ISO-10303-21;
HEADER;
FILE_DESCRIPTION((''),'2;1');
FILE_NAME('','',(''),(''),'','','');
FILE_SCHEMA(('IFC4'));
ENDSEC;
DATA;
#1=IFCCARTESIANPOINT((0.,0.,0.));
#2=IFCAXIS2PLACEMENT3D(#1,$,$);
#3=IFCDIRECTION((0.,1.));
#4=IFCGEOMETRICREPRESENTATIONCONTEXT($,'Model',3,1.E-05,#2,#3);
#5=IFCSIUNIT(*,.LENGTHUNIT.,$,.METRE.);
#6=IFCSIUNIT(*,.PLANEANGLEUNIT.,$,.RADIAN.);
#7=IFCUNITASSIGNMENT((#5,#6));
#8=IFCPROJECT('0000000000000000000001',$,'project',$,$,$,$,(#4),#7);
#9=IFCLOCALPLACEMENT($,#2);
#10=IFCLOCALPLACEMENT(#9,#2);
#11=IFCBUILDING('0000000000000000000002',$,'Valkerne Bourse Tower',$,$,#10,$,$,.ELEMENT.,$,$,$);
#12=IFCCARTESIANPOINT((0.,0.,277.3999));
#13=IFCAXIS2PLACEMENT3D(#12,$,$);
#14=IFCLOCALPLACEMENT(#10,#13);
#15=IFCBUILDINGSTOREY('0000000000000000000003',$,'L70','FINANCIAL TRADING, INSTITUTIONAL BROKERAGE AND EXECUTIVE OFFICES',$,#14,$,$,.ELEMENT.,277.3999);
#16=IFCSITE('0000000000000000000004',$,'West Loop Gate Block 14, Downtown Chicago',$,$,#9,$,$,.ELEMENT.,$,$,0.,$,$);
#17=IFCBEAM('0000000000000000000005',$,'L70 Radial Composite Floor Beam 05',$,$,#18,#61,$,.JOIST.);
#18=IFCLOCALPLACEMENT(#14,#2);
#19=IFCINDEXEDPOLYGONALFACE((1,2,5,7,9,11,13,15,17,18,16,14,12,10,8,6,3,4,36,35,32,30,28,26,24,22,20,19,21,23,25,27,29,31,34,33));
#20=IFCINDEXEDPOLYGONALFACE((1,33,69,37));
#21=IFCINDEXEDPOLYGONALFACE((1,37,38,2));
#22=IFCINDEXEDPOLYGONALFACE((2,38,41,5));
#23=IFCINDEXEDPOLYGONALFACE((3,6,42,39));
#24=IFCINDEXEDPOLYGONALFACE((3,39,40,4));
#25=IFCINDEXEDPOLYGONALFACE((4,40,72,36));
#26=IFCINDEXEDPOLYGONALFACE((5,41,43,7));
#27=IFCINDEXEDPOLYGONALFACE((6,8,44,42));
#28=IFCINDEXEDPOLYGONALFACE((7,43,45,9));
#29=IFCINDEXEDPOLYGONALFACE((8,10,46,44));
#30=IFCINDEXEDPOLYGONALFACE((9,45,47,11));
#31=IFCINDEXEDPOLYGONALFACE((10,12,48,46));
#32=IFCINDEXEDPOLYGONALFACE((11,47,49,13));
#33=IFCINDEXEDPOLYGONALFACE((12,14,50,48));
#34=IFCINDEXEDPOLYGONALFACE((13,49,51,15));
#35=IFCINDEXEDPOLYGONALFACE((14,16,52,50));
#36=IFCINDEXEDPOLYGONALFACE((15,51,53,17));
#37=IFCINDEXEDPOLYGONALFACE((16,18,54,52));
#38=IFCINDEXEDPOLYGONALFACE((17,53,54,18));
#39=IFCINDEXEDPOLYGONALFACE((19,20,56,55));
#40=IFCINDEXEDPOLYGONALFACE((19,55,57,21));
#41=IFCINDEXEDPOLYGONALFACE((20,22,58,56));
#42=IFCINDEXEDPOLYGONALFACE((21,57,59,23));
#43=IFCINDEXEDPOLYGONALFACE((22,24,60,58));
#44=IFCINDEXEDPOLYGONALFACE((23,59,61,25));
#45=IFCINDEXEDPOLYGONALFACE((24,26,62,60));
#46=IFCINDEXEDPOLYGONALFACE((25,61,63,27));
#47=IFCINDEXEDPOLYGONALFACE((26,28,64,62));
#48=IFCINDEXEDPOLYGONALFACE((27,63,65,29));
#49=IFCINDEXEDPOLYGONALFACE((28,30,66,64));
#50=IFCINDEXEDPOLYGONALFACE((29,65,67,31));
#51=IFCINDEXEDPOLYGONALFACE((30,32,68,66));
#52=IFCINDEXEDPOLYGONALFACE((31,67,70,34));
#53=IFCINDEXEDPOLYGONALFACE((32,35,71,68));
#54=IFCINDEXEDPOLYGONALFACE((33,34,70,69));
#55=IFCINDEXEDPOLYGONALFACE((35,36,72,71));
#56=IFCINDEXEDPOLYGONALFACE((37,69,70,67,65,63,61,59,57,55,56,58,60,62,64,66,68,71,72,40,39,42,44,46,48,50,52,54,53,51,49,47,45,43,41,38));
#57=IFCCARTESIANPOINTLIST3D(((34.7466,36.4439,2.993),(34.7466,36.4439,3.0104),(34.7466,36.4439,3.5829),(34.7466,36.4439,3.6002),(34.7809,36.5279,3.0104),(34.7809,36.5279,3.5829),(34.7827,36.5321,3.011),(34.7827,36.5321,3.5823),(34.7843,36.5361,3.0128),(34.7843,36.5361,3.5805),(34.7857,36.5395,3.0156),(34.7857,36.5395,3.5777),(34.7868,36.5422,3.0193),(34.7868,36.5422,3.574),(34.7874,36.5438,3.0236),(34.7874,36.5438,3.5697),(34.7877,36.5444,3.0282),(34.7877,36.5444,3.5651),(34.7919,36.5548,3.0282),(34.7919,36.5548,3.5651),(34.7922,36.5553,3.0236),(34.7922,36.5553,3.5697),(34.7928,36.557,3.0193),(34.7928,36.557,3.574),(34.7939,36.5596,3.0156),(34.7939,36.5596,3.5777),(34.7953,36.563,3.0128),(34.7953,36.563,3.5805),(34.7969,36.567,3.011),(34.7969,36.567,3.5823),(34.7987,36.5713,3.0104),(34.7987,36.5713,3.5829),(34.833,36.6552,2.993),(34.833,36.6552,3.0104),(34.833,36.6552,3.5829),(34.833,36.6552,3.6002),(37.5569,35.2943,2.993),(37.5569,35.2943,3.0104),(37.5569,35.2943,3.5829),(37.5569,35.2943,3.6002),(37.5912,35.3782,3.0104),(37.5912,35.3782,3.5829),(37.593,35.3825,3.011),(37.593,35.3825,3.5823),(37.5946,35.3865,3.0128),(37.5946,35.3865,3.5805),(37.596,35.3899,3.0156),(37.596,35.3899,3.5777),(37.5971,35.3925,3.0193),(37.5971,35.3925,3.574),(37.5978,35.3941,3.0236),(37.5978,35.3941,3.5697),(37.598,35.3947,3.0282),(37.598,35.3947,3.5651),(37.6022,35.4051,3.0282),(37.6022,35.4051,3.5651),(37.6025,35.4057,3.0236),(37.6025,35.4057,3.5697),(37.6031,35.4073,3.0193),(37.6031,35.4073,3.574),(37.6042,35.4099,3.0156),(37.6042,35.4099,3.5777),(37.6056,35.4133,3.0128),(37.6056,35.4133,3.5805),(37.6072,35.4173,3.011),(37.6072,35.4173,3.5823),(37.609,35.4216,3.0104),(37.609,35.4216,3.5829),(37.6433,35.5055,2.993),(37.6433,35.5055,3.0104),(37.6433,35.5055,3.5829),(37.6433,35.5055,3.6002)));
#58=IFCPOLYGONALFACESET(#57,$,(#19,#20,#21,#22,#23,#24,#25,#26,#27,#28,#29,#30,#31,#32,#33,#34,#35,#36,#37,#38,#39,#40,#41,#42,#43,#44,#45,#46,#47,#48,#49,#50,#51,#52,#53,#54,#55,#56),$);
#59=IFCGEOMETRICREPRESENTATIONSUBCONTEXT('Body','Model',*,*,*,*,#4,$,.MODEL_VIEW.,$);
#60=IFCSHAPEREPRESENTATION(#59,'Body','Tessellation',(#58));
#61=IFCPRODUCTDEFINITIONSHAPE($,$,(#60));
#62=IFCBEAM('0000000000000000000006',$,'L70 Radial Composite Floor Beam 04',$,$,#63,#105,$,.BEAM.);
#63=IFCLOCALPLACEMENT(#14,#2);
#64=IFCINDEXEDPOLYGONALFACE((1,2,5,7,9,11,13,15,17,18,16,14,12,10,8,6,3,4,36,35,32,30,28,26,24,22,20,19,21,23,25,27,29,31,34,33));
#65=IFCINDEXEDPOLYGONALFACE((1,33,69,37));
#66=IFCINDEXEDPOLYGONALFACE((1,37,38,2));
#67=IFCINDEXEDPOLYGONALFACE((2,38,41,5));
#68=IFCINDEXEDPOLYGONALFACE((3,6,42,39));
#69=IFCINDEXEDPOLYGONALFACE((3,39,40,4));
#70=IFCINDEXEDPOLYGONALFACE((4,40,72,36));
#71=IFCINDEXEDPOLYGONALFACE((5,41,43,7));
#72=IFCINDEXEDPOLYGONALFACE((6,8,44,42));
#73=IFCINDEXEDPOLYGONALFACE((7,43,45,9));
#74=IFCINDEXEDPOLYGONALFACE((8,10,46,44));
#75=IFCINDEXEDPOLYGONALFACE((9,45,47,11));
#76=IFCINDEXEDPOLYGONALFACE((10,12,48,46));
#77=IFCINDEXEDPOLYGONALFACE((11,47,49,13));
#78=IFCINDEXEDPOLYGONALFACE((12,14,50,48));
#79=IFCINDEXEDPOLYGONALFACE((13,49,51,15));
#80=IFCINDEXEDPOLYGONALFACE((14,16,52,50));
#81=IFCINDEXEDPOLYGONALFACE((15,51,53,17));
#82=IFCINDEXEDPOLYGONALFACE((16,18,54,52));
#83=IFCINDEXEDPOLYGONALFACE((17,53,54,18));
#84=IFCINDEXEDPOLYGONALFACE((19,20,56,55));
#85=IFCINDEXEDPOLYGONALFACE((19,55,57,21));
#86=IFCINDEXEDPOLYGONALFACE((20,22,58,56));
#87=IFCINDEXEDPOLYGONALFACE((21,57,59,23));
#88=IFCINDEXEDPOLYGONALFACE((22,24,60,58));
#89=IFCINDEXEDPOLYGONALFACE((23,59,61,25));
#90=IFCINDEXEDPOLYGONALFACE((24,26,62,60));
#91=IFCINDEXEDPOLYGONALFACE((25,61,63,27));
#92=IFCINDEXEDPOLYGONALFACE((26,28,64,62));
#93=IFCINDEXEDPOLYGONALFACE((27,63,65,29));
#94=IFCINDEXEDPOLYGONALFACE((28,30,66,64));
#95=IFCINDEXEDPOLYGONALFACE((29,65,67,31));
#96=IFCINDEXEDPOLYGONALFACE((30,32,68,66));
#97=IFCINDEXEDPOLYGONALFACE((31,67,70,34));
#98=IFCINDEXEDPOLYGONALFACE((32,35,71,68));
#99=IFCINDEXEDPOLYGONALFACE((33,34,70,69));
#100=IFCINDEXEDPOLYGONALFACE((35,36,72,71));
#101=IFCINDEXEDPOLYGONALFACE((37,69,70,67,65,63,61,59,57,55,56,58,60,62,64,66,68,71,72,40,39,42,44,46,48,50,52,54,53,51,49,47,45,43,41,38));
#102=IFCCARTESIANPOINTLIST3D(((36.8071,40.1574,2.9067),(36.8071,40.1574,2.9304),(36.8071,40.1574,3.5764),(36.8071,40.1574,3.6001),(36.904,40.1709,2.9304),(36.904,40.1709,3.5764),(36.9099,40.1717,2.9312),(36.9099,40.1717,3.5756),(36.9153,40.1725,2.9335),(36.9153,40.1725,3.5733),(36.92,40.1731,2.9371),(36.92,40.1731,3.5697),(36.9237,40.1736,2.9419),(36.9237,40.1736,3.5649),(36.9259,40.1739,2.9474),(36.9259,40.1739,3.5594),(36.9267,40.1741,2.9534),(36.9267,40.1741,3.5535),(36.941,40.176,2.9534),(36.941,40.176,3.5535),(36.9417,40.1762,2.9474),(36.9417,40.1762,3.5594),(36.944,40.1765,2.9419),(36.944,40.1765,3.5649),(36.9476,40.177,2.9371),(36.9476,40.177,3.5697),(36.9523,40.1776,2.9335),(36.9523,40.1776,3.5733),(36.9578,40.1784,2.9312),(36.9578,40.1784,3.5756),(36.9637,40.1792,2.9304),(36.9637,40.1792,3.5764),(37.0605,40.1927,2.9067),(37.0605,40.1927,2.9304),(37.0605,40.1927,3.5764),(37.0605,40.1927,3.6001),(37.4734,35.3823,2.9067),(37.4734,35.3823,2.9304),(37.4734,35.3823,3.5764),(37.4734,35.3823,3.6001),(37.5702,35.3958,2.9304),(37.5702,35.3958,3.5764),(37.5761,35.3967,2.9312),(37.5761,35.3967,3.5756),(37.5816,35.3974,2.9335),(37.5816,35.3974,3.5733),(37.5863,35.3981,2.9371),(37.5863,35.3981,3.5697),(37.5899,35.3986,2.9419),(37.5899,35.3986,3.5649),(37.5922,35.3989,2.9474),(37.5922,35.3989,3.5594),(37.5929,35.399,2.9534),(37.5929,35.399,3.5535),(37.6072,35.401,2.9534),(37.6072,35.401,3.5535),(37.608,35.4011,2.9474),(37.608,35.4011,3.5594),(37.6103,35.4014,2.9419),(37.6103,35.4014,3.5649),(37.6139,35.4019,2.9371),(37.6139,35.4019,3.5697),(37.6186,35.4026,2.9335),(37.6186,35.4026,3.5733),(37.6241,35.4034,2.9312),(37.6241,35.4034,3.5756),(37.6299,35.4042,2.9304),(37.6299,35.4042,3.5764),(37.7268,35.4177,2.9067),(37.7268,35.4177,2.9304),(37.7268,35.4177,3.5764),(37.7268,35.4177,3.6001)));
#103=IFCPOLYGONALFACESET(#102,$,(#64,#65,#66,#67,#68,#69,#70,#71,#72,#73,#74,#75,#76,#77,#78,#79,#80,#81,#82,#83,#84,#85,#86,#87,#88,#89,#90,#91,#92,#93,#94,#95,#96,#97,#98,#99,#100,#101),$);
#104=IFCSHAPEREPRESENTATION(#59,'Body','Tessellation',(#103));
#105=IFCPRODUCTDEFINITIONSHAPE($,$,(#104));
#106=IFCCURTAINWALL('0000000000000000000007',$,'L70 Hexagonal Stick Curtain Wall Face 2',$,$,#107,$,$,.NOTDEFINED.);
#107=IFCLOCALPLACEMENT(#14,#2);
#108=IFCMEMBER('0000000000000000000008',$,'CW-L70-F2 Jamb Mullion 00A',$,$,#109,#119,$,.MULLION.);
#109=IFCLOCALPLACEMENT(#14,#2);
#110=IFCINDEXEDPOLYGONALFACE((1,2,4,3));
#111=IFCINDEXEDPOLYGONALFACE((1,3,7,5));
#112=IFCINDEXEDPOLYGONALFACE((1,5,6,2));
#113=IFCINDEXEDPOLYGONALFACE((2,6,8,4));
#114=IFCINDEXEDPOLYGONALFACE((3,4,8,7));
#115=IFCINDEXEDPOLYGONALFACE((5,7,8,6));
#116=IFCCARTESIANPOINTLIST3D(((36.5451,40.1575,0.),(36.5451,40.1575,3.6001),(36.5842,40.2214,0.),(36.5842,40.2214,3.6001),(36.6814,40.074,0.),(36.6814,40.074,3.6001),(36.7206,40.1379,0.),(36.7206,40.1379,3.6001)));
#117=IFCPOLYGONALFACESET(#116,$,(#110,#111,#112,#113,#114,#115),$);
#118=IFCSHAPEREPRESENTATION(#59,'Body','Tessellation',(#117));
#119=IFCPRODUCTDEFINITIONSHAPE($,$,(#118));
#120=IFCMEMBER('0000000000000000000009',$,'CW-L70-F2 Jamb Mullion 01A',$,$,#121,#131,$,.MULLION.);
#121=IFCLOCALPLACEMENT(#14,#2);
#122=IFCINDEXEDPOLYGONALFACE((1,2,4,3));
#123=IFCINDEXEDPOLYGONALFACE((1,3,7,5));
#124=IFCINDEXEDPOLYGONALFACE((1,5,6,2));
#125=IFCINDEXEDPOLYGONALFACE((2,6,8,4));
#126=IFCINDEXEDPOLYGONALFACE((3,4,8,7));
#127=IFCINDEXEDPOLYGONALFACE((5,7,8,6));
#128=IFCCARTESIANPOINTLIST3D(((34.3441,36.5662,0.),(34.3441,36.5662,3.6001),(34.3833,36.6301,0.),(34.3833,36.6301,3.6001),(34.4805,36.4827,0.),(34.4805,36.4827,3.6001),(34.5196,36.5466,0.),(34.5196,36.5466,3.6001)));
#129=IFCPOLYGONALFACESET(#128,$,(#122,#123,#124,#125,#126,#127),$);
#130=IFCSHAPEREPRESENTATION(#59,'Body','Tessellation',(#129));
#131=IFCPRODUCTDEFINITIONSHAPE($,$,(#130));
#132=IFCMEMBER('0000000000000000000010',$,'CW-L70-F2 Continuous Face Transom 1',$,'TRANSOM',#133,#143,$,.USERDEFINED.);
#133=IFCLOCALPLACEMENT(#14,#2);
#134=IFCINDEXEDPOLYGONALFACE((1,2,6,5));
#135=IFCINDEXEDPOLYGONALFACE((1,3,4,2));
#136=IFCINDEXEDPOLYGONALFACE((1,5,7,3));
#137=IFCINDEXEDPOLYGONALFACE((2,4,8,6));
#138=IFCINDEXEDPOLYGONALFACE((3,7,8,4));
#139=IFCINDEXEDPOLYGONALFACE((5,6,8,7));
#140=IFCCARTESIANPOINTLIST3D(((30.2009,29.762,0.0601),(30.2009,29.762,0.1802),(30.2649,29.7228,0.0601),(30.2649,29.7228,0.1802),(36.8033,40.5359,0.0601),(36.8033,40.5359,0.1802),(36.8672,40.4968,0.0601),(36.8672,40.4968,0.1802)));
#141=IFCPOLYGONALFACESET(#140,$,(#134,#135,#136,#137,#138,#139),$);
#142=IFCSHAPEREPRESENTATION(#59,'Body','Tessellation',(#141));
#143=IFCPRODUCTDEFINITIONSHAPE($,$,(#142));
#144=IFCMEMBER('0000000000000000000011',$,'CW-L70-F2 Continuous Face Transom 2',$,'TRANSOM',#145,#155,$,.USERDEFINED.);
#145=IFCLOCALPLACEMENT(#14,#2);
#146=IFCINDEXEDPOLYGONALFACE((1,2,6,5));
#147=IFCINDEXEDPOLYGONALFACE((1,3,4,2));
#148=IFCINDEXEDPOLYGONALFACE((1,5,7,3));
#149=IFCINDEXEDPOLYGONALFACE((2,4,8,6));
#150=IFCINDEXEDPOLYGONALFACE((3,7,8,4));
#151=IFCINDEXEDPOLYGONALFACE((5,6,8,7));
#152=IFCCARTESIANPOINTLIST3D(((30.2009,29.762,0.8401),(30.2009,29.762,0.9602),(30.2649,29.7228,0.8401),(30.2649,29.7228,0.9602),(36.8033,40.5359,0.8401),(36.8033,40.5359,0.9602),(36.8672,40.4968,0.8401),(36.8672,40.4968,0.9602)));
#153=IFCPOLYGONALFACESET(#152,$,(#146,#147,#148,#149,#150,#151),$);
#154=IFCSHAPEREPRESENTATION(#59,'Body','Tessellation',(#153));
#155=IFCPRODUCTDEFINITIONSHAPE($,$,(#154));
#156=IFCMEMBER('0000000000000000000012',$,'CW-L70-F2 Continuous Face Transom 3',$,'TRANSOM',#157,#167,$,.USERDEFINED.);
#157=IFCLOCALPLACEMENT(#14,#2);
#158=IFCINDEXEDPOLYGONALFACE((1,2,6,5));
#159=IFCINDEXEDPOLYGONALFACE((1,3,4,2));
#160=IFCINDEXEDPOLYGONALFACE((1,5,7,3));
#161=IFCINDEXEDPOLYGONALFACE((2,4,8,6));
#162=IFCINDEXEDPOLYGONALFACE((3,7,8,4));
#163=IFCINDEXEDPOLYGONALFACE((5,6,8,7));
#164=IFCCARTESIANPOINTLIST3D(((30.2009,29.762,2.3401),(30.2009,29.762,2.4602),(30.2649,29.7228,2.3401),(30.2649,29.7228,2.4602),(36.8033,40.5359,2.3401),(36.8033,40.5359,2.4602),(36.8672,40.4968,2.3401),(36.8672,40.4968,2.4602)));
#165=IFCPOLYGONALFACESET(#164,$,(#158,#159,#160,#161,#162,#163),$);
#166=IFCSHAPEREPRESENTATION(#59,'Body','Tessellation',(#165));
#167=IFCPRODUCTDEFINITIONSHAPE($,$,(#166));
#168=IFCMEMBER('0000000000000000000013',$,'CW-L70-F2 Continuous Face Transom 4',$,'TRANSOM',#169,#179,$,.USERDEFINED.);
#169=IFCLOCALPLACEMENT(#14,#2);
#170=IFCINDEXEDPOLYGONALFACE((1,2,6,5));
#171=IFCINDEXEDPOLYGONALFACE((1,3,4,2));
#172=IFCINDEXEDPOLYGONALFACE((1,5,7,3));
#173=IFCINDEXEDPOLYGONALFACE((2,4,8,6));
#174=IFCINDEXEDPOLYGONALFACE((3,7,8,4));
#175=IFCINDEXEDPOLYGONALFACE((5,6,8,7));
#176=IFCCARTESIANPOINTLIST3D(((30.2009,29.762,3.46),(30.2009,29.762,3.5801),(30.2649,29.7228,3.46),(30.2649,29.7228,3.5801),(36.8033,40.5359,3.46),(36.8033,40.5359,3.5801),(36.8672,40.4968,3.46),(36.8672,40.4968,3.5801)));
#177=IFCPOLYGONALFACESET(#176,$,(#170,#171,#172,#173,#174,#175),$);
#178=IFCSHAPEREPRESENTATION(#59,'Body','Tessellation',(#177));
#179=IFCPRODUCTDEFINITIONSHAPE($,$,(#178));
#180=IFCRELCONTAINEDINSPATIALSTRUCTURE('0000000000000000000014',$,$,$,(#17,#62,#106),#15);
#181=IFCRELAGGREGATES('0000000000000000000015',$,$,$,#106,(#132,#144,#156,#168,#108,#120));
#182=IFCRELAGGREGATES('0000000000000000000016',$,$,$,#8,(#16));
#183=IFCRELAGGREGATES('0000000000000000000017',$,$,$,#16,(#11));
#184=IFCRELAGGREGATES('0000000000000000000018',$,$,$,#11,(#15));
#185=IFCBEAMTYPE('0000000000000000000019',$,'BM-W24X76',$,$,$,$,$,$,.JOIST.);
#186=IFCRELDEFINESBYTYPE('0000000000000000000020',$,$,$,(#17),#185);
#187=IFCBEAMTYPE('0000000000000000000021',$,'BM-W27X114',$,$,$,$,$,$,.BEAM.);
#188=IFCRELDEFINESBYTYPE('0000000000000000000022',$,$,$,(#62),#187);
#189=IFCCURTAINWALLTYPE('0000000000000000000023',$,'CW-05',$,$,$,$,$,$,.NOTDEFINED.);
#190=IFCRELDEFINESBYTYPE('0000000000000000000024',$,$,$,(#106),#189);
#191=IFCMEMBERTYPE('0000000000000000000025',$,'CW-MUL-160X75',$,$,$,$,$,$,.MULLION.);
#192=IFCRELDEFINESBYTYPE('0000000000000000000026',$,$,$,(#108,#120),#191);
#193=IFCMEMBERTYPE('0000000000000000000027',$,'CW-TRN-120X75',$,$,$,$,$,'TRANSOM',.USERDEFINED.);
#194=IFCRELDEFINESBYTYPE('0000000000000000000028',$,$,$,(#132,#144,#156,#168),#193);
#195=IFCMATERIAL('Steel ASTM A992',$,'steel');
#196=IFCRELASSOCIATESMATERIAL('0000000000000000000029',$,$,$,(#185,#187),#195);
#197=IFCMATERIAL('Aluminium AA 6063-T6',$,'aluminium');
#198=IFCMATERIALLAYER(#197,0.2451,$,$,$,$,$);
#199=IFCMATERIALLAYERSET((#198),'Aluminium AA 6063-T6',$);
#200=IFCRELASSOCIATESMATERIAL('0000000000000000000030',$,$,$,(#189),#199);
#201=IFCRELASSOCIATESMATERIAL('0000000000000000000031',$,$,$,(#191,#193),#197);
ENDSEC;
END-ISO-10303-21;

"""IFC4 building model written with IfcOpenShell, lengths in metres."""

from ifc_helpers import new_model, si_unit, direction, frame, origin, origin_2d, place, context, subcontext, project, spatial, rectangle, i_section, extrude, material, layer, layer_set, material_profile, profile_set, type_object, element, aggregate, save


model = new_model("IFC4")

# Units and contexts
model_context = context("Model", 3, precision=1e-05, world=origin(), true_north=direction((0.0, 1.0)))
body_context = subcontext(model_context, "Body", "Model", "MODEL_VIEW")
ifc_project = project(units=[si_unit("LENGTHUNIT", "METRE"), si_unit("PLANEANGLEUNIT", "RADIAN")], contexts=[model_context])

# Site, building, storey
site_placement = place(None, origin())
site = spatial("IfcSite", under=ifc_project, at=site_placement, Name="West Loop Gate Block 14, Downtown Chicago", CompositionType="ELEMENT", RefElevation=0.0)
building_placement = place(site_placement, origin())
building = spatial("IfcBuilding", under=site, at=building_placement, Name="Valkerne Bourse Tower", CompositionType="ELEMENT")
storey_placement = place(building_placement, frame((0.0, 0.0, 277.3999)))
storey = spatial("IfcBuildingStorey", under=building, at=storey_placement, Name="L70", Description="FINANCIAL TRADING, INSTITUTIONAL BROKERAGE AND EXECUTIVE OFFICES", CompositionType="ELEMENT", Elevation=277.3999)

# Beams
ifc_material_1 = material(Name="Steel ASTM A992", Category="steel")
ifc_material_profile_1 = material_profile(ifc_material_1, i_section(OverallWidth=0.2283, OverallDepth=0.6072, WebThickness=0.0112, FlangeThickness=0.0173, FilletRadius=0.0178, at=origin_2d()), Name="W24X76")
ifc_profile_set_1 = profile_set([ifc_material_profile_1], Name="Steel ASTM A992")
beam_type_1 = type_object("IfcBeamType", Name="BM-W24X76", PredefinedType="JOIST", material=ifc_profile_set_1)
beam_1_placement = place(storey_placement, frame((34.7898, 36.5496, 3.2966), z_axis=(0.925548, -0.37863, 0.0), x_axis=(0.37863, 0.925548, 0.0)))
element("IfcBeam", 1, at=beam_1_placement, inside=storey, type_object=beam_type_1, Name="L70 Radial Composite Floor Beam 05", PredefinedType="JOIST", context=body_context, shape_type="SweptSolid", body=[
    extrude(i_section(OverallWidth=0.2283, OverallDepth=0.6072, WebThickness=0.0112, FlangeThickness=0.0173, FilletRadius=0.0178, at=origin_2d()), origin(), (0.0, 0.0, 1.0), 3.0364),
])
ifc_material_profile_2 = material_profile(ifc_material_1, i_section(OverallWidth=0.2559, OverallDepth=0.6934, WebThickness=0.0144, FlangeThickness=0.0237, FilletRadius=0.0229, at=origin_2d()), Name="W27X114")
ifc_profile_set_2 = profile_set([ifc_material_profile_2], Name="Steel ASTM A992")
beam_type_2 = type_object("IfcBeamType", Name="BM-W27X114", PredefinedType="BEAM", material=ifc_profile_set_2)
beam_2_placement = place(storey_placement, frame((36.9338, 40.175, 3.2534), z_axis=(0.138188, -0.990406, 0.0), x_axis=(0.990406, 0.138188, 0.0)))
element("IfcBeam", 2, at=beam_2_placement, inside=storey, type_object=beam_type_2, Name="L70 Radial Composite Floor Beam 04", PredefinedType="BEAM", context=body_context, shape_type="SweptSolid", body=[
    extrude(i_section(OverallWidth=0.2559, OverallDepth=0.6934, WebThickness=0.0144, FlangeThickness=0.0237, FilletRadius=0.0229, at=origin_2d()), origin(), (0.0, 0.0, 1.0), 4.8213),
])

# Curtain wall, members
ifc_material_2 = material(Name="Aluminium AA 6063-T6", Category="aluminium")
ifc_layer_1 = layer(ifc_material_2, 0.2451)
ifc_layer_set_1 = layer_set([ifc_layer_1], Name="Aluminium AA 6063-T6")
curtain_wall_type = type_object("IfcCurtainWallType", Name="CW-05", PredefinedType="NOTDEFINED", material=ifc_layer_set_1)
curtain_wall_placement = place(storey_placement, origin())
curtain_wall = element("IfcCurtainWall", 3, at=curtain_wall_placement, inside=storey, type_object=curtain_wall_type, Name="L70 Hexagonal Stick Curtain Wall Face 2", PredefinedType="NOTDEFINED")
ifc_material_profile_3 = material_profile(ifc_material_2, rectangle(XDim=0.075, YDim=0.1599, at=origin_2d()), Name="CWM-75X160")
ifc_profile_set_3 = profile_set([ifc_material_profile_3], Name="Aluminium AA 6063-T6")
member_type_1 = type_object("IfcMemberType", Name="CW-MUL-160X75", PredefinedType="MULLION", material=ifc_profile_set_3)
member_1_placement = place(storey_placement, frame((36.6328, 40.1477, 0.0), z_axis=(0.0, 0.0, 1.0), x_axis=(-0.522507, -0.852635, 0.0)))
member_1 = element("IfcMember", 4, at=member_1_placement, type_object=member_type_1, Name="CW-L70-F2 Jamb Mullion 00A", PredefinedType="MULLION", context=body_context, shape_type="SweptSolid", body=[
    extrude(rectangle(XDim=0.075, YDim=0.1599, at=origin_2d()), origin(), (0.0, 0.0, 1.0), 3.6001),
])
member_2_placement = place(storey_placement, frame((34.4319, 36.5564, 0.0), z_axis=(0.0, 0.0, 1.0), x_axis=(-0.52249, -0.852646, 0.0)))
member_2 = element("IfcMember", 5, at=member_2_placement, type_object=member_type_1, Name="CW-L70-F2 Jamb Mullion 01A", PredefinedType="MULLION", context=body_context, shape_type="SweptSolid", body=[
    extrude(rectangle(XDim=0.075, YDim=0.1599, at=origin_2d()), origin(), (0.0, 0.0, 1.0), 3.6001),
])
ifc_material_profile_4 = material_profile(ifc_material_2, rectangle(XDim=0.075, YDim=0.1201, at=origin_2d()), Name="CWT-75X120")
ifc_profile_set_4 = profile_set([ifc_material_profile_4], Name="Aluminium AA 6063-T6")
member_type_2 = type_object("IfcMemberType", Name="CW-TRN-120X75", ElementType="TRANSOM", PredefinedType="USERDEFINED", material=ifc_profile_set_4)
member_3_placement = place(storey_placement, frame((36.8352, 40.5164, 0.1201), z_axis=(-0.5225, -0.852639, 0.0), x_axis=(0.852639, -0.5225, 0.0)))
member_3 = element("IfcMember", 6, at=member_3_placement, type_object=member_type_2, Name="CW-L70-F2 Continuous Face Transom 1", ObjectType="TRANSOM", PredefinedType="USERDEFINED", context=body_context, shape_type="SweptSolid", body=[
    extrude(rectangle(XDim=0.075, YDim=0.1201, at=origin_2d()), origin(), (0.0, 0.0, 1.0), 12.636),
])
member_4_placement = place(storey_placement, frame((36.8352, 40.5164, 0.9001), z_axis=(-0.5225, -0.852639, 0.0), x_axis=(0.852639, -0.5225, 0.0)))
member_4 = element("IfcMember", 7, at=member_4_placement, type_object=member_type_2, Name="CW-L70-F2 Continuous Face Transom 2", ObjectType="TRANSOM", PredefinedType="USERDEFINED", context=body_context, shape_type="SweptSolid", body=[
    extrude(rectangle(XDim=0.075, YDim=0.1201, at=origin_2d()), origin(), (0.0, 0.0, 1.0), 12.636),
])
member_5_placement = place(storey_placement, frame((36.8352, 40.5164, 2.4001), z_axis=(-0.5225, -0.852639, 0.0), x_axis=(0.852639, -0.5225, 0.0)))
member_5 = element("IfcMember", 8, at=member_5_placement, type_object=member_type_2, Name="CW-L70-F2 Continuous Face Transom 3", ObjectType="TRANSOM", PredefinedType="USERDEFINED", context=body_context, shape_type="SweptSolid", body=[
    extrude(rectangle(XDim=0.075, YDim=0.1201, at=origin_2d()), origin(), (0.0, 0.0, 1.0), 12.636),
])
member_6_placement = place(storey_placement, frame((36.8352, 40.5164, 3.52), z_axis=(-0.5225, -0.852639, 0.0), x_axis=(0.852639, -0.5225, 0.0)))
member_6 = element("IfcMember", 9, at=member_6_placement, type_object=member_type_2, Name="CW-L70-F2 Continuous Face Transom 4", ObjectType="TRANSOM", PredefinedType="USERDEFINED", context=body_context, shape_type="SweptSolid", body=[
    extrude(rectangle(XDim=0.075, YDim=0.1201, at=origin_2d()), origin(), (0.0, 0.0, 1.0), 12.636),
])

aggregate(curtain_wall, [member_3, member_4, member_5, member_6, member_1, member_2])

save(model, "model.ifc")
